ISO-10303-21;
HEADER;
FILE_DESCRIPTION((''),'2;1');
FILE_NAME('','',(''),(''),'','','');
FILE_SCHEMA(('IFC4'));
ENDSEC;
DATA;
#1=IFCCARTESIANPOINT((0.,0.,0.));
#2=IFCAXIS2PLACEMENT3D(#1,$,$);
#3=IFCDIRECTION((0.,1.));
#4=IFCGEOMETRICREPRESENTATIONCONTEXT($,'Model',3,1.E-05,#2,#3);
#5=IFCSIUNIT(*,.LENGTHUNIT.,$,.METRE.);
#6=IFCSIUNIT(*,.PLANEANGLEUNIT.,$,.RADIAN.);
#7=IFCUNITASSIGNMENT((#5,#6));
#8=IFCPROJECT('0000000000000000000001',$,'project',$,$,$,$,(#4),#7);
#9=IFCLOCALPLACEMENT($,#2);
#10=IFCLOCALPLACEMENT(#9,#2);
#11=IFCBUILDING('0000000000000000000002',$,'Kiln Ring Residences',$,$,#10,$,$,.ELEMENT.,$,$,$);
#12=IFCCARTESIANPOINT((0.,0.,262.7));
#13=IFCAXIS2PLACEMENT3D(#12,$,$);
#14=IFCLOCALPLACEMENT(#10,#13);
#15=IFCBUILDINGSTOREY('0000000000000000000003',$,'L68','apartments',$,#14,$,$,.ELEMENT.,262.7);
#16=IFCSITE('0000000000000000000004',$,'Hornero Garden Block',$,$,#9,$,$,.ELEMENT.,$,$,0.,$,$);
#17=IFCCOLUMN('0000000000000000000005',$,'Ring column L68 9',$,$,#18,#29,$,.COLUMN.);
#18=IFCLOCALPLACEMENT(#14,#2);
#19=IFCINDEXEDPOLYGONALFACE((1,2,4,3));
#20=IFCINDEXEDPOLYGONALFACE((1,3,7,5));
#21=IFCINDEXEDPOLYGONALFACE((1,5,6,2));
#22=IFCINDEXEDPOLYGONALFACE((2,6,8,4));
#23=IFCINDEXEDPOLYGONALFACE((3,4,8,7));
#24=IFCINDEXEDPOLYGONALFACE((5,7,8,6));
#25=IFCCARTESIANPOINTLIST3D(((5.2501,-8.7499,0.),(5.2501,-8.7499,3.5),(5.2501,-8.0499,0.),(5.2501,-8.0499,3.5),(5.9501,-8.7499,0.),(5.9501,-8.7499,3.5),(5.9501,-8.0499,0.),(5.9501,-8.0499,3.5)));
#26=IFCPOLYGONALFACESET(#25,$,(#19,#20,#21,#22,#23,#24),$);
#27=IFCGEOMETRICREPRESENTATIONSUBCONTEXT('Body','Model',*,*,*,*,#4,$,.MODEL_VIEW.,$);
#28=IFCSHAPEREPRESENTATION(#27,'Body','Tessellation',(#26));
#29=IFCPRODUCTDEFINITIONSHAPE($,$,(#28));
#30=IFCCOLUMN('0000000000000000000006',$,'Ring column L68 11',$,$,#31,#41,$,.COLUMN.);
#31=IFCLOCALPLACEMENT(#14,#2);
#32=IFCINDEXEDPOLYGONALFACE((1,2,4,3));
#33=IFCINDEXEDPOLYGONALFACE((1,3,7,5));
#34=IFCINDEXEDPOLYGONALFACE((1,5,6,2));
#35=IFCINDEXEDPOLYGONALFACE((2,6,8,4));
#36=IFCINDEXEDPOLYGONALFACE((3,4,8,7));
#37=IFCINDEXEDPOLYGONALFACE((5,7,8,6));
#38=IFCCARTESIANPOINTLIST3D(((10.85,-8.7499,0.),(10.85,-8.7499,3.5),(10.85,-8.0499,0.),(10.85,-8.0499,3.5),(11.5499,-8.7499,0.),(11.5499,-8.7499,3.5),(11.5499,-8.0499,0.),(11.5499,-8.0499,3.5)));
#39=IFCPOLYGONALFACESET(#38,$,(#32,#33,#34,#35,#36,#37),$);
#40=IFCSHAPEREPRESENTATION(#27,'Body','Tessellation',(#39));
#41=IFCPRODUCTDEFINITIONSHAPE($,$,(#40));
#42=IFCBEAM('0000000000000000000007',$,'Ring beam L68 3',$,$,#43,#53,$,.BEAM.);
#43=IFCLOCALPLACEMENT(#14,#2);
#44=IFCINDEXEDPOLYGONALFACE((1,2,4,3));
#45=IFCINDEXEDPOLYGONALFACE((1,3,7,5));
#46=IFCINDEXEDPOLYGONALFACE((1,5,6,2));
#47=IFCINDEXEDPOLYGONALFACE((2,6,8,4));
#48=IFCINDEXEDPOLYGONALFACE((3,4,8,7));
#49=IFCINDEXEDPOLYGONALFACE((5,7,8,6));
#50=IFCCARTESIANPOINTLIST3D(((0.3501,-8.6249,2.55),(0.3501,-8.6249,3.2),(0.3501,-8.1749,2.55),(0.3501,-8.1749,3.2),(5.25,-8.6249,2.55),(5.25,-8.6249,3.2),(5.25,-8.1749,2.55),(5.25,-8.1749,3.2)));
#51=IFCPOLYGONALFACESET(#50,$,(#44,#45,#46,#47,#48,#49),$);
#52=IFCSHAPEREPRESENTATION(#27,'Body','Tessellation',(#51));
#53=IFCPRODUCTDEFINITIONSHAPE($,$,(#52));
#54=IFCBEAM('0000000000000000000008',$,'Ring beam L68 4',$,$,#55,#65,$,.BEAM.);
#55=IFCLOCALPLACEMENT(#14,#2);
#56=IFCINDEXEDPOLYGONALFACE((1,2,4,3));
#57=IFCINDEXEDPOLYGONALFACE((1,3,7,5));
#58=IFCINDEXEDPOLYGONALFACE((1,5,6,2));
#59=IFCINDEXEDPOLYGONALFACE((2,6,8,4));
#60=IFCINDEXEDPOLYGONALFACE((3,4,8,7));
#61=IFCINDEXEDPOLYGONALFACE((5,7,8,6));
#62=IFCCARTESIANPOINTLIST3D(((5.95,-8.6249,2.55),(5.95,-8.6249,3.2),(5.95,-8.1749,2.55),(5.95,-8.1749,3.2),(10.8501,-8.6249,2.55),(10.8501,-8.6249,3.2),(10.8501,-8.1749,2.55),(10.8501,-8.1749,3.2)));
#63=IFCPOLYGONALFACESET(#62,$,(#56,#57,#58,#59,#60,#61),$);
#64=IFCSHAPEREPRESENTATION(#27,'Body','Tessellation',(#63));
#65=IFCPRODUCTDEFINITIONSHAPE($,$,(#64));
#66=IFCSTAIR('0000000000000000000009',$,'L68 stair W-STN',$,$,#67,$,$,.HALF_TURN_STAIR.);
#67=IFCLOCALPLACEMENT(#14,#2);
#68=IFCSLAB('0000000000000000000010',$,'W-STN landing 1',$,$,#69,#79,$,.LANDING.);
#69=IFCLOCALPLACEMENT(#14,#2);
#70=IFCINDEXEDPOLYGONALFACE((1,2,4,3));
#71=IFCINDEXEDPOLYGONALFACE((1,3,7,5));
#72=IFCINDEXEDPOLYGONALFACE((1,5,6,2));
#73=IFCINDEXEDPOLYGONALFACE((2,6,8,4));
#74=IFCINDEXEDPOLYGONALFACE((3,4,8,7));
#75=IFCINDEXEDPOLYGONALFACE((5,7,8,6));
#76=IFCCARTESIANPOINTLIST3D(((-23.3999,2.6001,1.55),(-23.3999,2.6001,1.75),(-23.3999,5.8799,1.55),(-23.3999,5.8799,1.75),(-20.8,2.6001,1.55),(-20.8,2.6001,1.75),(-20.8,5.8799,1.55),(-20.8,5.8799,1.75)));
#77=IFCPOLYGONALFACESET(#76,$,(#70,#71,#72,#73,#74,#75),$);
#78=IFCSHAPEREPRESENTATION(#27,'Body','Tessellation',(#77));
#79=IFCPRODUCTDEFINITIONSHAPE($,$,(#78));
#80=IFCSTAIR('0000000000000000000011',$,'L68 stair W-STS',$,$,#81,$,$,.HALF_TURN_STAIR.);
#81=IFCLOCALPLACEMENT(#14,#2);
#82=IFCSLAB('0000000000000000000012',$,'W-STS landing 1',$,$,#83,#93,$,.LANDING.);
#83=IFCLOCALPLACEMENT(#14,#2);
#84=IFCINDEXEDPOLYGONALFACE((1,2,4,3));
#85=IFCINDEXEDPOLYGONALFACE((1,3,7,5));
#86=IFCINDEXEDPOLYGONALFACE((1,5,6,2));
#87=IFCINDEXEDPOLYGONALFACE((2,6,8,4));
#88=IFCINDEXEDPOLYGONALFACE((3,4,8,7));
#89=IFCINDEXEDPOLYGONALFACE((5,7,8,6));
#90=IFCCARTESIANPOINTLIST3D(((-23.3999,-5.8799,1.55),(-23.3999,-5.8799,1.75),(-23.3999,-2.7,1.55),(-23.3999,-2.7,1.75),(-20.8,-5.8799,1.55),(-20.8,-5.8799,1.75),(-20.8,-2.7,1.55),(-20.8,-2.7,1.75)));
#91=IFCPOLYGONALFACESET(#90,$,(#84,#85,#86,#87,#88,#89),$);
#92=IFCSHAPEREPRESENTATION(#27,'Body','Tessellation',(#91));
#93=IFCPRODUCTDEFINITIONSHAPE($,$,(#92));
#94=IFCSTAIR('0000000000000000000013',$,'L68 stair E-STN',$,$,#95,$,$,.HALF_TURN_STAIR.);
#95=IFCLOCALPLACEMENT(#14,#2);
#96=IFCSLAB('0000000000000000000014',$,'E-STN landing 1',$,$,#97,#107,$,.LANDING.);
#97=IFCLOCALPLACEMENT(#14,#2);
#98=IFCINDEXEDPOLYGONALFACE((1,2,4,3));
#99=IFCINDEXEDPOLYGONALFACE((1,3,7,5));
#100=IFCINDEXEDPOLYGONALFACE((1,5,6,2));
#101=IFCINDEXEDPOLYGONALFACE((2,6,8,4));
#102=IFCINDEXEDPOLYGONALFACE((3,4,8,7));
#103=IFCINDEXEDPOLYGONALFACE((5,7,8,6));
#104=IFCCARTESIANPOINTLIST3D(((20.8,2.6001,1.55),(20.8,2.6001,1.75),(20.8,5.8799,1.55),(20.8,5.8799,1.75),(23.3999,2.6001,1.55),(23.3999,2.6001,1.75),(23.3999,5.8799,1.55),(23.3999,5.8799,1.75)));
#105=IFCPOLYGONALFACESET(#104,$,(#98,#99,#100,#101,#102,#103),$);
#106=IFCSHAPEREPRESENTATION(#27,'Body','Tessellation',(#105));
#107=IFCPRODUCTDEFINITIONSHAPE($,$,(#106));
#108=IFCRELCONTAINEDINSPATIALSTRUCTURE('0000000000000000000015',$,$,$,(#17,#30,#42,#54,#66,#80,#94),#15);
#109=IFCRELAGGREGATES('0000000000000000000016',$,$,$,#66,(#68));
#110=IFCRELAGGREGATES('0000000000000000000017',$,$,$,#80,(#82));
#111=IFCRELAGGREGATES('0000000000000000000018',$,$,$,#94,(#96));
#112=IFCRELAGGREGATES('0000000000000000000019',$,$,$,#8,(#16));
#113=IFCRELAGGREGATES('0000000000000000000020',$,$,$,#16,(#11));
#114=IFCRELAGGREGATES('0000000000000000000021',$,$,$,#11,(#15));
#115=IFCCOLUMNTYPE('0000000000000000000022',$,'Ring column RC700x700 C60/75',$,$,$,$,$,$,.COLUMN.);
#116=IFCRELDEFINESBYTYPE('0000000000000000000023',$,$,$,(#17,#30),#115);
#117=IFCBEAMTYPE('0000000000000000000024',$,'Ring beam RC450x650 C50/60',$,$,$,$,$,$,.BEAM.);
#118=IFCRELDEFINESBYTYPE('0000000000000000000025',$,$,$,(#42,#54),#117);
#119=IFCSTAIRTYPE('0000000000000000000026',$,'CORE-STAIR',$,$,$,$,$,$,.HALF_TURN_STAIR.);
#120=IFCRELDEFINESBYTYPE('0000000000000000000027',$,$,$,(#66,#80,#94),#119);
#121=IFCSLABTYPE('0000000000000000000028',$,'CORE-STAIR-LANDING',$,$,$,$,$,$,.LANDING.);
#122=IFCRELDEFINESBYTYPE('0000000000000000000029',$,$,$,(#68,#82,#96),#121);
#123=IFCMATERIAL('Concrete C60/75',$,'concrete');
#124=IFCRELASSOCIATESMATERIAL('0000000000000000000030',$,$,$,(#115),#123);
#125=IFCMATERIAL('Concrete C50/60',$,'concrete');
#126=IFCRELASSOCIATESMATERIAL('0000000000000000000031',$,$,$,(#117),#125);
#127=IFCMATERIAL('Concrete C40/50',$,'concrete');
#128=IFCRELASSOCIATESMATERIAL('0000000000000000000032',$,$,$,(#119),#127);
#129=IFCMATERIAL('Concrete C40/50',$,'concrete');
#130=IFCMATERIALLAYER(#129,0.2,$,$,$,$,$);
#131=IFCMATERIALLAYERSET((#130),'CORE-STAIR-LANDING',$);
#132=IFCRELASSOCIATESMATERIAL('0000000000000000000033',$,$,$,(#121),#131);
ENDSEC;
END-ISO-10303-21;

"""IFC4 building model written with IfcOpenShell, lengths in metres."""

from ifc_helpers import new_model, si_unit, direction, frame, origin, origin_2d, place, context, subcontext, project, spatial, polyline, rectangle, outline, extrude, material, layer, layer_set, material_profile, profile_set, type_object, element, aggregate, save


model = new_model("IFC4")

# Units and contexts
model_context = context("Model", 3, precision=1e-05, world=origin(), true_north=direction((0.0, 1.0)))
body_context = subcontext(model_context, "Body", "Model", "MODEL_VIEW")
ifc_project = project(units=[si_unit("LENGTHUNIT", "METRE"), si_unit("PLANEANGLEUNIT", "RADIAN")], contexts=[model_context])

# Site, building, storey
site_placement = place(None, origin())
site = spatial("IfcSite", under=ifc_project, at=site_placement, Name="Hornero Garden Block", CompositionType="ELEMENT", RefElevation=0.0)
building_placement = place(site_placement, origin())
building = spatial("IfcBuilding", under=site, at=building_placement, Name="Kiln Ring Residences", CompositionType="ELEMENT")
storey_placement = place(building_placement, frame((0.0, 0.0, 262.7)))
storey = spatial("IfcBuildingStorey", under=building, at=storey_placement, Name="L68", Description="apartments", CompositionType="ELEMENT", Elevation=262.7)

# Columns
ifc_material_1 = material(Name="Concrete C60/75", Category="concrete")
ifc_material_profile_1 = material_profile(ifc_material_1, rectangle(XDim=0.7, YDim=0.7, at=origin_2d()), Name="RC700x700")
ifc_profile_set_1 = profile_set([ifc_material_profile_1], Name="Concrete C60/75")
column_type = type_object("IfcColumnType", Name="Ring column RC700x700 C60/75", PredefinedType="COLUMN", material=ifc_profile_set_1)
for number, where, z_axis, x_axis, name in (
    (1, (5.6001, -8.3999, 0.0), (0.0, 0.0, 1.0), (1.0, 0.0, 0.0), "Ring column L68 9"),
    (2, (11.2, -8.3999, 0.0), (0.0, 0.0, 1.0), (1.0, 0.0, 0.0), "Ring column L68 11"),
):
    element("IfcColumn", number, at=place(storey_placement, frame(where, z_axis=z_axis, x_axis=x_axis)), inside=storey, type_object=column_type, Name=name, PredefinedType="COLUMN", context=body_context, shape_type="SweptSolid", body=[
        extrude(rectangle(XDim=0.7, YDim=0.7, at=origin_2d()), origin(), (0.0, 0.0, 1.0), 3.5),
    ])

# Beams
ifc_material_2 = material(Name="Concrete C50/60", Category="concrete")
ifc_material_profile_2 = material_profile(ifc_material_2, rectangle(XDim=0.45, YDim=0.6499, at=origin_2d()), Name="RC450x650")
ifc_profile_set_2 = profile_set([ifc_material_profile_2], Name="Concrete C50/60")
beam_type = type_object("IfcBeamType", Name="Ring beam RC450x650 C50/60", PredefinedType="BEAM", material=ifc_profile_set_2)
beam_1_placement = place(storey_placement, frame((0.3501, -8.3999, 2.875), z_axis=(1.0, 0.0, 0.0), x_axis=(0.0, 1.0, 0.0)))
element("IfcBeam", 3, at=beam_1_placement, inside=storey, type_object=beam_type, Name="Ring beam L68 3", PredefinedType="BEAM", context=body_context, shape_type="SweptSolid", body=[
    extrude(rectangle(XDim=0.45, YDim=0.6499, at=origin_2d()), origin(), (0.0, 0.0, 1.0), 4.8999),
])
beam_2_placement = place(storey_placement, frame((5.95, -8.3999, 2.875), z_axis=(1.0, 0.0, 0.0), x_axis=(0.0, 1.0, 0.0)))
element("IfcBeam", 4, at=beam_2_placement, inside=storey, type_object=beam_type, Name="Ring beam L68 4", PredefinedType="BEAM", context=body_context, shape_type="SweptSolid", body=[
    extrude(rectangle(XDim=0.45, YDim=0.6499, at=origin_2d()), origin(), (0.0, 0.0, 1.0), 4.9001),
])

# Stairs, slabs
ifc_material_3 = material(Name="Concrete C40/50", Category="concrete")
stair_type = type_object("IfcStairType", Name="CORE-STAIR", PredefinedType="HALF_TURN_STAIR", material=ifc_material_3)
placement_1 = place(storey_placement, origin())
stair_1 = element("IfcStair", 5, at=placement_1, inside=storey, type_object=stair_type, Name="L68 stair W-STN", PredefinedType="HALF_TURN_STAIR")
ifc_material_4 = material(Name="Concrete C40/50", Category="concrete")
ifc_layer_1 = layer(ifc_material_4, 0.2)
ifc_layer_set_1 = layer_set([ifc_layer_1], Name="CORE-STAIR-LANDING")
slab_type = type_object("IfcSlabType", Name="CORE-STAIR-LANDING", PredefinedType="LANDING", material=ifc_layer_set_1)
placement_2 = place(storey_placement, frame((0.0, 0.0, 1.55)))
slab_1 = element("IfcSlab", 6, at=placement_2, type_object=slab_type, Name="W-STN landing 1", PredefinedType="LANDING", context=body_context, shape_type="SweptSolid", body=[
    extrude(outline(polyline([(-23.3999, 5.8799), (-23.3999, 2.6001), (-20.8, 2.6001), (-20.8, 5.8799), (-23.3999, 5.8799)])), origin(), (0.0, 0.0, 1.0), 0.2),
])
aggregate(stair_1, [slab_1])
stair_2 = element("IfcStair", 7, at=placement_1, inside=storey, type_object=stair_type, Name="L68 stair W-STS", PredefinedType="HALF_TURN_STAIR")
slab_2 = element("IfcSlab", 8, at=placement_2, type_object=slab_type, Name="W-STS landing 1", PredefinedType="LANDING", context=body_context, shape_type="SweptSolid", body=[
    extrude(outline(polyline([(-20.8, -5.8799), (-20.8, -2.7), (-23.3999, -2.7), (-23.3999, -5.8799), (-20.8, -5.8799)])), origin(), (0.0, 0.0, 1.0), 0.2),
])
aggregate(stair_2, [slab_2])
stair_3 = element("IfcStair", 9, at=placement_1, inside=storey, type_object=stair_type, Name="L68 stair E-STN", PredefinedType="HALF_TURN_STAIR")
slab_3 = element("IfcSlab", 10, at=placement_2, type_object=slab_type, Name="E-STN landing 1", PredefinedType="LANDING", context=body_context, shape_type="SweptSolid", body=[
    extrude(outline(polyline([(20.8, 5.8799), (20.8, 2.6001), (23.3999, 2.6001), (23.3999, 5.8799), (20.8, 5.8799)])), origin(), (0.0, 0.0, 1.0), 0.2),
])
aggregate(stair_3, [slab_3])

save(model, "model.ifc")
